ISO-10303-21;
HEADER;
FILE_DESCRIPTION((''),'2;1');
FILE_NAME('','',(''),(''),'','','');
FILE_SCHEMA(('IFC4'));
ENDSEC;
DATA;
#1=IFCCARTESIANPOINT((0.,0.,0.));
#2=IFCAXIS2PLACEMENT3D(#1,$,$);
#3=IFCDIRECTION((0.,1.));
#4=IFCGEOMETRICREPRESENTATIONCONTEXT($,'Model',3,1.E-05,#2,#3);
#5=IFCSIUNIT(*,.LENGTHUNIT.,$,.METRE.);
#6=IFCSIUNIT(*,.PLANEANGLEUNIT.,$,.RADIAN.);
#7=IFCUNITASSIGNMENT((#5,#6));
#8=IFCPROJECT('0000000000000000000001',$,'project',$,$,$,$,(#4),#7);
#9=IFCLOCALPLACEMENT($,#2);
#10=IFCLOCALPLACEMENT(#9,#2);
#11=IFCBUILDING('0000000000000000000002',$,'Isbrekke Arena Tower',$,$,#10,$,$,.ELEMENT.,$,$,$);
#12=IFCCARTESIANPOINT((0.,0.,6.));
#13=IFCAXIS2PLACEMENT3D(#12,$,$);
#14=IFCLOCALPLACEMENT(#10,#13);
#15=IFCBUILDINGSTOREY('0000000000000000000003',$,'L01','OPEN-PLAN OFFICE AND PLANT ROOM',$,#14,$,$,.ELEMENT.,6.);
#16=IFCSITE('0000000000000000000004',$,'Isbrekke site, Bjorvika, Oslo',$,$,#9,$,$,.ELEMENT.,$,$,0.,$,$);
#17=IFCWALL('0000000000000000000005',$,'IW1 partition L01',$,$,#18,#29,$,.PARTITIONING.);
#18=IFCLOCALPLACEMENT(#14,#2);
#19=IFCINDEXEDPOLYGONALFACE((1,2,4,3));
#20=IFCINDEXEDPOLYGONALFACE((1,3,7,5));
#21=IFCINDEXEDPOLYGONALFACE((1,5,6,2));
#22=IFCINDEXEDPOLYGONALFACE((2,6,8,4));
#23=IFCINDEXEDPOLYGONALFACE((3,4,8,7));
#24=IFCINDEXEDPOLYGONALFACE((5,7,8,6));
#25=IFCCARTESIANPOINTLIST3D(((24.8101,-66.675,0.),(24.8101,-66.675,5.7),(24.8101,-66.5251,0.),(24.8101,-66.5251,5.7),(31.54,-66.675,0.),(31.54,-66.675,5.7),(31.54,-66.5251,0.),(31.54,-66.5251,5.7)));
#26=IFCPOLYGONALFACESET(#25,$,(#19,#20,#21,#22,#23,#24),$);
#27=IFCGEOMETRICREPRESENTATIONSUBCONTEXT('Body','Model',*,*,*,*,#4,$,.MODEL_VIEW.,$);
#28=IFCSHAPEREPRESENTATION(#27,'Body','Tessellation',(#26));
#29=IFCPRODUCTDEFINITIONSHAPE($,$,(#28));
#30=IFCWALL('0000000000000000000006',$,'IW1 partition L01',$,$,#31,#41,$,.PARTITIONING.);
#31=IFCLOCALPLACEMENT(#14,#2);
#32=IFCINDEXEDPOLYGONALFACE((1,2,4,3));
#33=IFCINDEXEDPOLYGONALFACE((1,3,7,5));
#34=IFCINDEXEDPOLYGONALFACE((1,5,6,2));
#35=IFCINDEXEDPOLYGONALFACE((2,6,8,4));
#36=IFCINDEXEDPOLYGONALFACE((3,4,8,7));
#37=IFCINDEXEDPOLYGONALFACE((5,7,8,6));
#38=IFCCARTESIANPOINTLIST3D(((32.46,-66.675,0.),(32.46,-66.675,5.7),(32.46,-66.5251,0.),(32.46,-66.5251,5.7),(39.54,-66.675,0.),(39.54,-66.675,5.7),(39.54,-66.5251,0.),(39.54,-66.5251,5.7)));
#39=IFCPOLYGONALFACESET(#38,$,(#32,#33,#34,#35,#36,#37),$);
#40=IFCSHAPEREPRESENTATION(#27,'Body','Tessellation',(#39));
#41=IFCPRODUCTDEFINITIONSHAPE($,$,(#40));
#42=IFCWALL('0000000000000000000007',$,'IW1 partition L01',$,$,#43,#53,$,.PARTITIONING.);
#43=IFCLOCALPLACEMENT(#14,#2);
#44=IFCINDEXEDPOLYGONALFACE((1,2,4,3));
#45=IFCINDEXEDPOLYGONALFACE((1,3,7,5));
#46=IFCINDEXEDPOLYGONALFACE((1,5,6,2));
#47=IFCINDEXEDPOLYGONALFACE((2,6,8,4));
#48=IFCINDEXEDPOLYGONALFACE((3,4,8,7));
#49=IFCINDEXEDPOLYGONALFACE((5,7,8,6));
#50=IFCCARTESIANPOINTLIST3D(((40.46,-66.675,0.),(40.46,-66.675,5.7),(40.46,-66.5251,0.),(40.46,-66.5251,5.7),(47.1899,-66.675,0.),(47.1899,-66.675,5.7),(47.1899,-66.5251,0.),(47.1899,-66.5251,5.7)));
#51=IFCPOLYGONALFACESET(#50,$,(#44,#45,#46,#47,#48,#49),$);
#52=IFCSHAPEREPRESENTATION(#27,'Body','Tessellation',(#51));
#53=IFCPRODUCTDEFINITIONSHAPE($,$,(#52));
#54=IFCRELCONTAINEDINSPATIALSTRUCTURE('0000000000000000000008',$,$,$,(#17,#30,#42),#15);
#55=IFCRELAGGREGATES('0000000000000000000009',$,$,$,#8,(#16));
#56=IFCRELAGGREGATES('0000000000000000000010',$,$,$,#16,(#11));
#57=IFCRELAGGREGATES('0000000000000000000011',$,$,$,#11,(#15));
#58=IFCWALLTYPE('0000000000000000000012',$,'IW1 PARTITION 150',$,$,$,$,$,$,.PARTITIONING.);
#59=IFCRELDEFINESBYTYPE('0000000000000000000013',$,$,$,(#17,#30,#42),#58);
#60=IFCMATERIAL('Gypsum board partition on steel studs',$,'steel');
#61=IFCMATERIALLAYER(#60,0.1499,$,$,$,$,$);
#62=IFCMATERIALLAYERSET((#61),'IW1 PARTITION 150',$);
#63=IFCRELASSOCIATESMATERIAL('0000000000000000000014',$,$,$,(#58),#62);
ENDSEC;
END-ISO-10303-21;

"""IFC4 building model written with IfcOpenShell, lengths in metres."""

from ifc_helpers import new_model, si_unit, direction, frame, frame_2d, origin, place, context, subcontext, project, spatial, rectangle, extrude, material, layer, layer_set, type_object, element, save


model = new_model("IFC4")

# Units and contexts
model_context = context("Model", 3, precision=1e-05, world=origin(), true_north=direction((0.0, 1.0)))
body_context = subcontext(model_context, "Body", "Model", "MODEL_VIEW")
ifc_project = project(units=[si_unit("LENGTHUNIT", "METRE"), si_unit("PLANEANGLEUNIT", "RADIAN")], contexts=[model_context])

# Site, building, storey
site_placement = place(None, origin())
site = spatial("IfcSite", under=ifc_project, at=site_placement, Name="Isbrekke site, Bjorvika, Oslo", CompositionType="ELEMENT", RefElevation=0.0)
building_placement = place(site_placement, origin())
building = spatial("IfcBuilding", under=site, at=building_placement, Name="Isbrekke Arena Tower", CompositionType="ELEMENT")
storey_placement = place(building_placement, frame((0.0, 0.0, 6.0)))
storey = spatial("IfcBuildingStorey", under=building, at=storey_placement, Name="L01", Description="OPEN-PLAN OFFICE AND PLANT ROOM", CompositionType="ELEMENT", Elevation=6.0)

# Walls
ifc_material_1 = material(Name="Gypsum board partition on steel studs", Category="steel")
ifc_layer = layer(ifc_material_1, 0.1499)
ifc_layer_set = layer_set([ifc_layer], Name="IW1 PARTITION 150")
wall_type = type_object("IfcWallType", Name="IW1 PARTITION 150", PredefinedType="PARTITIONING", material=ifc_layer_set)
wall_1_placement = place(storey_placement, frame((24.8101, -66.6001, 0.0), z_axis=(0.0, 0.0, 1.0), x_axis=(1.0, 0.0, 0.0)))
element("IfcWall", 1, at=wall_1_placement, inside=storey, type_object=wall_type, Name="IW1 partition L01", PredefinedType="PARTITIONING", context=body_context, shape_type="SweptSolid", body=[
    extrude(rectangle(XDim=6.73, YDim=0.1499, at=frame_2d((3.365, 0.0))), origin(), (0.0, 0.0, 1.0), 5.7),
])
wall_2_placement = place(storey_placement, frame((32.46, -66.6001, 0.0), z_axis=(0.0, 0.0, 1.0), x_axis=(1.0, 0.0, 0.0)))
element("IfcWall", 2, at=wall_2_placement, inside=storey, type_object=wall_type, Name="IW1 partition L01", PredefinedType="PARTITIONING", context=body_context, shape_type="SweptSolid", body=[
    extrude(rectangle(XDim=7.0801, YDim=0.1499, at=frame_2d((3.54, 0.0))), origin(), (0.0, 0.0, 1.0), 5.7),
])
wall_3_placement = place(storey_placement, frame((40.46, -66.6001, 0.0), z_axis=(0.0, 0.0, 1.0), x_axis=(1.0, 0.0, 0.0)))
element("IfcWall", 3, at=wall_3_placement, inside=storey, type_object=wall_type, Name="IW1 partition L01", PredefinedType="PARTITIONING", context=body_context, shape_type="SweptSolid", body=[
    extrude(rectangle(XDim=6.73, YDim=0.1499, at=frame_2d((3.365, 0.0))), origin(), (0.0, 0.0, 1.0), 5.7),
])

save(model, "model.ifc")
